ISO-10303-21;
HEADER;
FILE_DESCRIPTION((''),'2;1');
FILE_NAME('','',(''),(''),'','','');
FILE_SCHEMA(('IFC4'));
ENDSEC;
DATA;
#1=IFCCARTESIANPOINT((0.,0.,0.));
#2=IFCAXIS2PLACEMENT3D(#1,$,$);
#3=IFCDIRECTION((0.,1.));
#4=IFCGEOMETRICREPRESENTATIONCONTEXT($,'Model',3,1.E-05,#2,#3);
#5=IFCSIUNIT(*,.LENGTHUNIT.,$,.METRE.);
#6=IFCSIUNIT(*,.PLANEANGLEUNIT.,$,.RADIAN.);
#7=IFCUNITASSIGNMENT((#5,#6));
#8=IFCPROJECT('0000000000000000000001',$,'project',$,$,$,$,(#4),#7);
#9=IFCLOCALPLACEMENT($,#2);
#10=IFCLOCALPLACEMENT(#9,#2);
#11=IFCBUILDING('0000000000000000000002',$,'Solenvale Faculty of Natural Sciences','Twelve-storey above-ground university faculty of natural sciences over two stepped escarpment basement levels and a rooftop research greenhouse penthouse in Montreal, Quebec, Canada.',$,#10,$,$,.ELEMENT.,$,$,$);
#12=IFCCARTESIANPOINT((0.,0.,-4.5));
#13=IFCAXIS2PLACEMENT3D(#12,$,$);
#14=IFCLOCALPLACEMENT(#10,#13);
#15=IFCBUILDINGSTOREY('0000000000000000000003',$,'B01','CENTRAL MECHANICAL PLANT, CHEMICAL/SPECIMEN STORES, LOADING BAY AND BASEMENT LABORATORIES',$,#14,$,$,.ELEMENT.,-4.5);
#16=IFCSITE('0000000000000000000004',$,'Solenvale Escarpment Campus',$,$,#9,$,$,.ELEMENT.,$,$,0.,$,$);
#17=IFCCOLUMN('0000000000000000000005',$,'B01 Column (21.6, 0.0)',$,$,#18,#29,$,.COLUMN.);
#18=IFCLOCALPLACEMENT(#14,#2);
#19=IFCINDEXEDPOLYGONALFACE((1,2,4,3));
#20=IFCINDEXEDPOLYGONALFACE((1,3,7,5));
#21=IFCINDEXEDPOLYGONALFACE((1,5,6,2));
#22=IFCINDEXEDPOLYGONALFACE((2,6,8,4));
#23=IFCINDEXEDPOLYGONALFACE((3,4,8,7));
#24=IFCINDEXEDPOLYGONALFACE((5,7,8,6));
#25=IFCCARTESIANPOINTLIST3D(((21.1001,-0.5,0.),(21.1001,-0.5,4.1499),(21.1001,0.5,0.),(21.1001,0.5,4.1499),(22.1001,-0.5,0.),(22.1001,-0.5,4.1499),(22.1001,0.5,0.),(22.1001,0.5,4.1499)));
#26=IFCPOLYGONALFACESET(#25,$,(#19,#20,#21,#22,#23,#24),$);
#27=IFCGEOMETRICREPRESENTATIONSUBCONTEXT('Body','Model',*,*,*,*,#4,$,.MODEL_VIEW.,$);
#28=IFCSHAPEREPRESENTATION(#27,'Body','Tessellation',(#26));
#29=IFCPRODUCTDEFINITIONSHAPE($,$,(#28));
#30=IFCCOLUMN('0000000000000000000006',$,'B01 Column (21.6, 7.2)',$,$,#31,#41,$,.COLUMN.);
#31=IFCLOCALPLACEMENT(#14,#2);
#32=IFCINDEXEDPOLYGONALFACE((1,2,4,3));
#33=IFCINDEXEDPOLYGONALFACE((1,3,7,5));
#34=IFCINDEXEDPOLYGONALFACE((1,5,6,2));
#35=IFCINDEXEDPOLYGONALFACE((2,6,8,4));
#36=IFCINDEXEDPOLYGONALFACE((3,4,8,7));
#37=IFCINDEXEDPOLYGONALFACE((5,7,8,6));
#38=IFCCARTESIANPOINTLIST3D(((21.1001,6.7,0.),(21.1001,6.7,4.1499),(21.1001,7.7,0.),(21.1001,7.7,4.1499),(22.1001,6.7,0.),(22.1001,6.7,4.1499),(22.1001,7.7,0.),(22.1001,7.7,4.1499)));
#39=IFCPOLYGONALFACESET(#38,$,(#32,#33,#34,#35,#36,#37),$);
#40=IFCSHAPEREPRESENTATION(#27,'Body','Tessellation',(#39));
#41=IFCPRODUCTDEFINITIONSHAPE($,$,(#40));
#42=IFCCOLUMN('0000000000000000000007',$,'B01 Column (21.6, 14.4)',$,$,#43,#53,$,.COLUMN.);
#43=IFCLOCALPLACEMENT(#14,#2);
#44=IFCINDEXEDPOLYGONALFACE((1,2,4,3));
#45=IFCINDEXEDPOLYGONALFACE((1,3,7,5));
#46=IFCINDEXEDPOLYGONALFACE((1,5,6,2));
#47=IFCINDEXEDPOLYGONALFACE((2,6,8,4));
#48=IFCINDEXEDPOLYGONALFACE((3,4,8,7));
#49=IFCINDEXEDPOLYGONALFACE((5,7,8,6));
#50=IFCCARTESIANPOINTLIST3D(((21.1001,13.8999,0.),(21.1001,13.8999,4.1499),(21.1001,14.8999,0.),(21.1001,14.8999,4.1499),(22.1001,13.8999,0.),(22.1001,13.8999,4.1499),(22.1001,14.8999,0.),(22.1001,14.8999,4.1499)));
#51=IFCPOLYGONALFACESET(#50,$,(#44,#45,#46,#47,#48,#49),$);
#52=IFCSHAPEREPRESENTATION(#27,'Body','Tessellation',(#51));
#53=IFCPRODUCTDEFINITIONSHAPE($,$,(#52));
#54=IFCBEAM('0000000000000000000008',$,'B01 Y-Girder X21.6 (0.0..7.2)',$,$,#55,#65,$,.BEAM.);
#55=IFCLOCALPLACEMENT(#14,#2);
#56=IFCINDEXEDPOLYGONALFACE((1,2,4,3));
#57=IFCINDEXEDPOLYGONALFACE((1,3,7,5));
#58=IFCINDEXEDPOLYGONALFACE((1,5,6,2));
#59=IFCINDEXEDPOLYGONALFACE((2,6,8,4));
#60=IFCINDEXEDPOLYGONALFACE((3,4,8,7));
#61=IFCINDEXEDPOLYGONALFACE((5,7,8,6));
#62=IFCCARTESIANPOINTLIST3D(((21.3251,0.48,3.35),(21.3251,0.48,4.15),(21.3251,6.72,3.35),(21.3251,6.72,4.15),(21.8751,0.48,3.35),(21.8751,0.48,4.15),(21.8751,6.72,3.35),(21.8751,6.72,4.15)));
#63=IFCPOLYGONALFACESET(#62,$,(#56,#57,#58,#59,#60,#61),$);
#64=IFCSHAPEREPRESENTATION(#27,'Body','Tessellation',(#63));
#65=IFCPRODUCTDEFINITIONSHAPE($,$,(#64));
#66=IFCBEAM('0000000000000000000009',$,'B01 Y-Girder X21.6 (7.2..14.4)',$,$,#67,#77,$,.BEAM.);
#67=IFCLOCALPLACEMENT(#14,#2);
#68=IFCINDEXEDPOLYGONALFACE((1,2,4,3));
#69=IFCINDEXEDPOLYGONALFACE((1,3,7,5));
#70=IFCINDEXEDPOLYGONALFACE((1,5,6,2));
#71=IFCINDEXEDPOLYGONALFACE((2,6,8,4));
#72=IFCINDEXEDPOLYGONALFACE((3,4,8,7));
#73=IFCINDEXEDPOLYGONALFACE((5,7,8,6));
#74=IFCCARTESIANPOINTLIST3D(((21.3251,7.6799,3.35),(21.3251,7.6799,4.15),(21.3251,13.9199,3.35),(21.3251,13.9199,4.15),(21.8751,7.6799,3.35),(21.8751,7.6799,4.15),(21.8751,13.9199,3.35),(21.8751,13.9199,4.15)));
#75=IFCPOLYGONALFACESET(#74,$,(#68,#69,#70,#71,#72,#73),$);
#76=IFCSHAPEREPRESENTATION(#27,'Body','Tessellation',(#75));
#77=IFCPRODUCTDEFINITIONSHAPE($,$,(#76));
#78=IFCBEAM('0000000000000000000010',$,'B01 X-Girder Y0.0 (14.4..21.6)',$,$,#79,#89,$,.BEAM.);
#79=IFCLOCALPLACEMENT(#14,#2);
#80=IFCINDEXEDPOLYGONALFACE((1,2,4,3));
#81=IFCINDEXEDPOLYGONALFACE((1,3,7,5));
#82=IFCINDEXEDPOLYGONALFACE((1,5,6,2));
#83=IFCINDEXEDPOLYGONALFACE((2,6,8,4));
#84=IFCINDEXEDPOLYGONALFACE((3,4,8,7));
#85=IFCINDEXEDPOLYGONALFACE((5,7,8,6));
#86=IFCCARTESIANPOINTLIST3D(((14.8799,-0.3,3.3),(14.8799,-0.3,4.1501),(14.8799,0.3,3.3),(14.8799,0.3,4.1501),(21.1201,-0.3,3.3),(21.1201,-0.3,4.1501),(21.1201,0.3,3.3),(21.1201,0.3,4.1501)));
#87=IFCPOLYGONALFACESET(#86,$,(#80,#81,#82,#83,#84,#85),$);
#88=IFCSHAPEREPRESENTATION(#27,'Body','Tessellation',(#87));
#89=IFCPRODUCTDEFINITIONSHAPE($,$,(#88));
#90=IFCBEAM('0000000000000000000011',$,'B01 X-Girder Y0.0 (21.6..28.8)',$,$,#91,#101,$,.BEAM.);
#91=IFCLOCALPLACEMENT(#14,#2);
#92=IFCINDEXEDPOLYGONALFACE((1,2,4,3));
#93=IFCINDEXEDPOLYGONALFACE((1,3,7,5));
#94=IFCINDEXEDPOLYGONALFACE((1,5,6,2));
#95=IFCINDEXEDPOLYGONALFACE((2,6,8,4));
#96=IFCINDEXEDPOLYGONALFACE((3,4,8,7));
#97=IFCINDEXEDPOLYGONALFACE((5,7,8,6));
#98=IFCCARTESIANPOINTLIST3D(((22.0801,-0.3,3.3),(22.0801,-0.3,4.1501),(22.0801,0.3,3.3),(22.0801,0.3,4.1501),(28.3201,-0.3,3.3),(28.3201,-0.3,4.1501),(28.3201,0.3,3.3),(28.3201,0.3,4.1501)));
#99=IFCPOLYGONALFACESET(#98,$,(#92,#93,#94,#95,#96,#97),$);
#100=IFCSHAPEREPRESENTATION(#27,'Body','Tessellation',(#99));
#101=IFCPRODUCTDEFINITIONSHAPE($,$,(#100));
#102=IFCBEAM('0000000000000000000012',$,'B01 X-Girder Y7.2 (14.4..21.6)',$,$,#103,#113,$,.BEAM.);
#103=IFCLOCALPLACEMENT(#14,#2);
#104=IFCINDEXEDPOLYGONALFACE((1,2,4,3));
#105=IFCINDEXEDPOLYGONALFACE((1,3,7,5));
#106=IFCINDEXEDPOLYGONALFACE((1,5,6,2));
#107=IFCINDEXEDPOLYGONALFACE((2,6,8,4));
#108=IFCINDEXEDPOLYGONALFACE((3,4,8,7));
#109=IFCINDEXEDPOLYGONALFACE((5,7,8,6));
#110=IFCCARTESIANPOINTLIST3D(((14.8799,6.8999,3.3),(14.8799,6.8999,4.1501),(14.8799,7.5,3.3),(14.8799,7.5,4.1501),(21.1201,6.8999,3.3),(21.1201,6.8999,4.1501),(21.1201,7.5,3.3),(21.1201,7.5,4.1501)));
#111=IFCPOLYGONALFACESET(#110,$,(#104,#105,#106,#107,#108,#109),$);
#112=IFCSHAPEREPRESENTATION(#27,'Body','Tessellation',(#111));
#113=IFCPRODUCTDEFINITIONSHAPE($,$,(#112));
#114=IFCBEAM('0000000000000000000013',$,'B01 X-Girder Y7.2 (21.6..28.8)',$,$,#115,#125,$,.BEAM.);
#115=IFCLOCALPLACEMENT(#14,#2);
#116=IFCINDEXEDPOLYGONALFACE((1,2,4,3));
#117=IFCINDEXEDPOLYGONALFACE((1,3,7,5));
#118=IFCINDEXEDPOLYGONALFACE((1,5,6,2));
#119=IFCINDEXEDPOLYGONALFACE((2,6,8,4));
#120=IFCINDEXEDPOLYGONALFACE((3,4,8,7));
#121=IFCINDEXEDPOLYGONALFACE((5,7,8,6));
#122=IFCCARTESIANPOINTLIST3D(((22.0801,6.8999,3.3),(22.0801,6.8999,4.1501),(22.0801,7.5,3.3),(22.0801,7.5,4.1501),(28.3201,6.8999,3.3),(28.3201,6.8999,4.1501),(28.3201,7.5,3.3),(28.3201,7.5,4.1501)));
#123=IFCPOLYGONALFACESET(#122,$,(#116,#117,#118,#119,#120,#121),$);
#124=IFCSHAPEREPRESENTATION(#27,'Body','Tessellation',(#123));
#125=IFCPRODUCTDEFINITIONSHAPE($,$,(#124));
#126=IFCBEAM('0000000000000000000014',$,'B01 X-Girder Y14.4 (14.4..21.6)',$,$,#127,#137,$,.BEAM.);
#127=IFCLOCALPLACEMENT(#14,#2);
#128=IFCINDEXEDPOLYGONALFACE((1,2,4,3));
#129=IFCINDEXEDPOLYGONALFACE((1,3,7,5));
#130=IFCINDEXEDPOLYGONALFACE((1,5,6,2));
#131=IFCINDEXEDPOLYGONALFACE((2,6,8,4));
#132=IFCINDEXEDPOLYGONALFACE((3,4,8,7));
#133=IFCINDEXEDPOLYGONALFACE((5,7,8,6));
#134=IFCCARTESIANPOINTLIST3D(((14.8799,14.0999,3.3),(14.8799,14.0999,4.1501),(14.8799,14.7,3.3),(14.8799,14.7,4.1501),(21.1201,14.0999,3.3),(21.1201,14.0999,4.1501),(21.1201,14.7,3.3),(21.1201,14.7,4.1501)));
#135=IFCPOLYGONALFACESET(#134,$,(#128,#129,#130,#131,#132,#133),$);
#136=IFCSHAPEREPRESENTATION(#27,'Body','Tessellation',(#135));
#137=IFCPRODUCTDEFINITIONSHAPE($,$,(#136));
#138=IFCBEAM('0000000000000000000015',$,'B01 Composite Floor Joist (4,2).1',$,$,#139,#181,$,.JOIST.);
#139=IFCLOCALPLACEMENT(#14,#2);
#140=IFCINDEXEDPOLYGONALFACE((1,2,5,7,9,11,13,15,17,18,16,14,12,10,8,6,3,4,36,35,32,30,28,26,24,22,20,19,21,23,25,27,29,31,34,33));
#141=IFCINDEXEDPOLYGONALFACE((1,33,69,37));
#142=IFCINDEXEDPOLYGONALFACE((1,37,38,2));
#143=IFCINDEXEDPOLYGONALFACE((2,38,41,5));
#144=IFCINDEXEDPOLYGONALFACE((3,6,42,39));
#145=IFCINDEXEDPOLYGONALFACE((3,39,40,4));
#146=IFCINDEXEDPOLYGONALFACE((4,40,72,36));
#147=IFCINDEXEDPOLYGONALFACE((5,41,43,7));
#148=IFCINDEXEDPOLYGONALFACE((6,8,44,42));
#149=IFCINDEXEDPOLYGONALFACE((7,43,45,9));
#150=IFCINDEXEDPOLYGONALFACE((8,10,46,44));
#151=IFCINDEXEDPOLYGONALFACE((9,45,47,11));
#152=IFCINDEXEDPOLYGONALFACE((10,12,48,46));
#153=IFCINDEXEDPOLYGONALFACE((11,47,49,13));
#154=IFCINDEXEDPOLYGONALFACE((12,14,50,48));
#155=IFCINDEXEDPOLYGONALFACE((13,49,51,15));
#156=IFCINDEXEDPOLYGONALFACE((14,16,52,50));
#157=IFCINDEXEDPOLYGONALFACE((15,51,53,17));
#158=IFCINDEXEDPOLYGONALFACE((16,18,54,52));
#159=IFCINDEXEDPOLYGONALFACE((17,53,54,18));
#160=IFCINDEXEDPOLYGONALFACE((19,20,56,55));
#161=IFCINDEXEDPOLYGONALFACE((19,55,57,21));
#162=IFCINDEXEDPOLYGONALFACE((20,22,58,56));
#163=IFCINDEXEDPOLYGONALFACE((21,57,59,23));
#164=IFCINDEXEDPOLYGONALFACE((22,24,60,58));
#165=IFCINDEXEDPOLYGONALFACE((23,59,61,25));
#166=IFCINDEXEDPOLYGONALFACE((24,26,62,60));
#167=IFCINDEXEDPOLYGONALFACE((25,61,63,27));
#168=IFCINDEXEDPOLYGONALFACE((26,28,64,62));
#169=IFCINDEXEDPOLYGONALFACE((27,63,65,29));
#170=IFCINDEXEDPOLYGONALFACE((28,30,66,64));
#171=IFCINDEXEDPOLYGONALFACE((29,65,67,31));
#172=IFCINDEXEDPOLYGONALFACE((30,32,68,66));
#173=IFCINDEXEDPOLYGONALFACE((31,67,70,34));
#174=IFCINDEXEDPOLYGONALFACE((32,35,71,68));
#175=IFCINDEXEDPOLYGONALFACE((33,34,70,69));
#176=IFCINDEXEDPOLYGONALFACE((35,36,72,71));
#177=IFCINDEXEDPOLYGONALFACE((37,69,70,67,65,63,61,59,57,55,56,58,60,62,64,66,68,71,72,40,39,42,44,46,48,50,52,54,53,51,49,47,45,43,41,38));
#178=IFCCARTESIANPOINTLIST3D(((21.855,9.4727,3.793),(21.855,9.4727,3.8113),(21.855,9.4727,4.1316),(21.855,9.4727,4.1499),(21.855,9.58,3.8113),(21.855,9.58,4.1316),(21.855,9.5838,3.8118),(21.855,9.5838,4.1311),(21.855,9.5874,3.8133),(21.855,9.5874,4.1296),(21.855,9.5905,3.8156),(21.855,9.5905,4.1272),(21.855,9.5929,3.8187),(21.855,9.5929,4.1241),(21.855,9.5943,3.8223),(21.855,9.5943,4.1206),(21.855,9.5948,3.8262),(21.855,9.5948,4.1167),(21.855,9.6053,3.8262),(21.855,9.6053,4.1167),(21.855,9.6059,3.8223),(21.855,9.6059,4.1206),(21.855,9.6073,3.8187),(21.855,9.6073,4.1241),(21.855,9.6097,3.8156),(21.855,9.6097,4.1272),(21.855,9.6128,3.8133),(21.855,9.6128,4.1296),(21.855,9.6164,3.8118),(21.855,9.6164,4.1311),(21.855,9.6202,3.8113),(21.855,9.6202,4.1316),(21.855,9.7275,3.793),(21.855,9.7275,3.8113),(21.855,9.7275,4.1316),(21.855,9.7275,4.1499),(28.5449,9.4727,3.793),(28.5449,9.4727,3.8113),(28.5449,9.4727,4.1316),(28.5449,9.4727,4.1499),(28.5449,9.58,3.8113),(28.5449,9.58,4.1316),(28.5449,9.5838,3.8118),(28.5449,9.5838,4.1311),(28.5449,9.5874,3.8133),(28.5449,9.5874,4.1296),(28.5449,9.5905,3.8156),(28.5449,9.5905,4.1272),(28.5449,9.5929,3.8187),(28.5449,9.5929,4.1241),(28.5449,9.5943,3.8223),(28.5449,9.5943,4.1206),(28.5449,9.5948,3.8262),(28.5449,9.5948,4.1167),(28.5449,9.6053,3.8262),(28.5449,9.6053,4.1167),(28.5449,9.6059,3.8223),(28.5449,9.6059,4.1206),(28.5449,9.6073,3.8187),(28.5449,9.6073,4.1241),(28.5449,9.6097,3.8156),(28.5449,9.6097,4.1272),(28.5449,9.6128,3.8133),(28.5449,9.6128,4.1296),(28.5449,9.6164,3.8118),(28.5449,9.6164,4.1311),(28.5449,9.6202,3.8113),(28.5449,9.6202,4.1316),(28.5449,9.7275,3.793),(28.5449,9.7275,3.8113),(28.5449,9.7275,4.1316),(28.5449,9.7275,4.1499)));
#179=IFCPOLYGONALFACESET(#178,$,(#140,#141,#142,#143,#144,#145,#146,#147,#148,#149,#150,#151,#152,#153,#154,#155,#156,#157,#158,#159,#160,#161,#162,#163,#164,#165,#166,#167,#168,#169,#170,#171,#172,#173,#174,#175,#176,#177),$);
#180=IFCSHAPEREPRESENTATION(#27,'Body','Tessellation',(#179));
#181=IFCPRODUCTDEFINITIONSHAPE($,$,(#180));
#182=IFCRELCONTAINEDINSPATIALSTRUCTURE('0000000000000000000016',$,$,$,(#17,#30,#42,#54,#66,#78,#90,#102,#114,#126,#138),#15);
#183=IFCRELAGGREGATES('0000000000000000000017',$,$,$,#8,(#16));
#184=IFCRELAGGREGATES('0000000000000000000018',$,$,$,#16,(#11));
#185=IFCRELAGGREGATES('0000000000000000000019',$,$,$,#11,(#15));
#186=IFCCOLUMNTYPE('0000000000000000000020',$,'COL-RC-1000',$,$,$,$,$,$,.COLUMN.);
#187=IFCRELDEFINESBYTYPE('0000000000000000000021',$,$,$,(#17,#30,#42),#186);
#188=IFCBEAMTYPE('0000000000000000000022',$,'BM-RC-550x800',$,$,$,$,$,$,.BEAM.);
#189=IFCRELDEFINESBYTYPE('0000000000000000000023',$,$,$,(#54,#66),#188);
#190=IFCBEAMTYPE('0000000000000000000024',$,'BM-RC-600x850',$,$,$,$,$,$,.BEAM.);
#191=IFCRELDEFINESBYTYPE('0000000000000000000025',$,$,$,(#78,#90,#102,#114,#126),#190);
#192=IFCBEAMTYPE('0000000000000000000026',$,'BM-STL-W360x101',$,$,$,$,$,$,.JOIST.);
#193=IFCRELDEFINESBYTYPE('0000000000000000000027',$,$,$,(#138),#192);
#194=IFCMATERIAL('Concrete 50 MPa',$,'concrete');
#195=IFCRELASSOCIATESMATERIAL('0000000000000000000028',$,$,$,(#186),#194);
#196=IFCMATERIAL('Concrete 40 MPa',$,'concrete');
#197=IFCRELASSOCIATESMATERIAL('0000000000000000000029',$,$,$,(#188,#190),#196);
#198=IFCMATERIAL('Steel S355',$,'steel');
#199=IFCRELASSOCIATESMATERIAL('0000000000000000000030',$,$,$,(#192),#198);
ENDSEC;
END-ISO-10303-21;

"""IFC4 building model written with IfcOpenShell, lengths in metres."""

from ifc_helpers import new_model, si_unit, direction, frame, origin, origin_2d, place, context, subcontext, project, spatial, rectangle, i_section, extrude, material, material_profile, profile_set, type_object, element, save


model = new_model("IFC4")

# Units and contexts
model_context = context("Model", 3, precision=1e-05, world=origin(), true_north=direction((0.0, 1.0)))
body_context = subcontext(model_context, "Body", "Model", "MODEL_VIEW")
ifc_project = project(units=[si_unit("LENGTHUNIT", "METRE"), si_unit("PLANEANGLEUNIT", "RADIAN")], contexts=[model_context])

# Site, building, storey
site_placement = place(None, origin())
site = spatial("IfcSite", under=ifc_project, at=site_placement, Name="Solenvale Escarpment Campus", CompositionType="ELEMENT", RefElevation=0.0)
building_placement = place(site_placement, origin())
building = spatial("IfcBuilding", under=site, at=building_placement, Name="Solenvale Faculty of Natural Sciences", Description="Twelve-storey above-ground university faculty of natural sciences over two stepped escarpment basement levels and a rooftop research greenhouse penthouse in Montreal, Quebec, Canada.", CompositionType="ELEMENT")
storey_placement = place(building_placement, frame((0.0, 0.0, -4.5)))
storey = spatial("IfcBuildingStorey", under=building, at=storey_placement, Name="B01", Description="CENTRAL MECHANICAL PLANT, CHEMICAL/SPECIMEN STORES, LOADING BAY AND BASEMENT LABORATORIES", CompositionType="ELEMENT", Elevation=-4.5)

# Shared definitions
ifc_material_1 = material(Name="Concrete 40 MPa", Category="concrete")

# Columns
ifc_material_2 = material(Name="Concrete 50 MPa", Category="concrete")
ifc_material_profile_1 = material_profile(ifc_material_2, rectangle(XDim=1.0, YDim=1.0, at=origin_2d()), Name="RC-COL-1000x1000")
ifc_profile_set_1 = profile_set([ifc_material_profile_1], Name="Concrete 50 MPa")
column_type = type_object("IfcColumnType", Name="COL-RC-1000", PredefinedType="COLUMN", material=ifc_profile_set_1)
for number, where, z_axis, x_axis, name in (
    (1, (21.6001, 0.0, 0.0), (0.0, 0.0, 1.0), (1.0, 0.0, 0.0), "B01 Column (21.6, 0.0)"),
    (2, (21.6001, 7.2, 0.0), (0.0, 0.0, 1.0), (1.0, 0.0, 0.0), "B01 Column (21.6, 7.2)"),
    (3, (21.6001, 14.3999, 0.0), (0.0, 0.0, 1.0), (1.0, 0.0, 0.0), "B01 Column (21.6, 14.4)"),
):
    element("IfcColumn", number, at=place(storey_placement, frame(where, z_axis=z_axis, x_axis=x_axis)), inside=storey, type_object=column_type, Name=name, PredefinedType="COLUMN", context=body_context, shape_type="SweptSolid", body=[
        extrude(rectangle(XDim=1.0, YDim=1.0, at=origin_2d()), origin(), (0.0, 0.0, 1.0), 4.1499),
    ])

# Beams
ifc_material_profile_2 = material_profile(ifc_material_1, rectangle(XDim=0.55, YDim=0.8, at=origin_2d()), Name="RC-BM-550x800")
ifc_profile_set_2 = profile_set([ifc_material_profile_2], Name="Concrete 40 MPa")
beam_type_1 = type_object("IfcBeamType", Name="BM-RC-550x800", PredefinedType="BEAM", material=ifc_profile_set_2)
for number, where, z_axis, x_axis, name in (
    (4, (21.6001, 0.48, 3.75), (0.0, 1.0, 0.0), (-1.0, 0.0, 0.0), "B01 Y-Girder X21.6 (0.0..7.2)"),
    (5, (21.6001, 7.6799, 3.75), (0.0, 1.0, 0.0), (-1.0, 0.0, 0.0), "B01 Y-Girder X21.6 (7.2..14.4)"),
):
    element("IfcBeam", number, at=place(storey_placement, frame(where, z_axis=z_axis, x_axis=x_axis)), inside=storey, type_object=beam_type_1, Name=name, PredefinedType="BEAM", context=body_context, shape_type="SweptSolid", body=[
        extrude(rectangle(XDim=0.55, YDim=0.8, at=origin_2d()), origin(), (0.0, 0.0, 1.0), 6.24),
    ])
ifc_material_profile_3 = material_profile(ifc_material_1, rectangle(XDim=0.6001, YDim=0.8501, at=origin_2d()), Name="RC-BM-600x850")
ifc_profile_set_3 = profile_set([ifc_material_profile_3], Name="Concrete 40 MPa")
beam_type_2 = type_object("IfcBeamType", Name="BM-RC-600x850", PredefinedType="BEAM", material=ifc_profile_set_3)
beam_1_placement = place(storey_placement, frame((14.8799, 0.0, 3.7251), z_axis=(1.0, 0.0, 0.0), x_axis=(0.0, 1.0, 0.0)))
element("IfcBeam", 6, at=beam_1_placement, inside=storey, type_object=beam_type_2, Name="B01 X-Girder Y0.0 (14.4..21.6)", PredefinedType="BEAM", context=body_context, shape_type="SweptSolid", body=[
    extrude(rectangle(XDim=0.6001, YDim=0.8501, at=origin_2d()), origin(), (0.0, 0.0, 1.0), 6.2402),
])
beam_2_placement = place(storey_placement, frame((22.0801, 0.0, 3.7251), z_axis=(1.0, 0.0, 0.0), x_axis=(0.0, 1.0, 0.0)))
element("IfcBeam", 7, at=beam_2_placement, inside=storey, type_object=beam_type_2, Name="B01 X-Girder Y0.0 (21.6..28.8)", PredefinedType="BEAM", context=body_context, shape_type="SweptSolid", body=[
    extrude(rectangle(XDim=0.6001, YDim=0.8501, at=origin_2d()), origin(), (0.0, 0.0, 1.0), 6.24),
])
beam_3_placement = place(storey_placement, frame((14.8799, 7.2, 3.7251), z_axis=(1.0, 0.0, 0.0), x_axis=(0.0, 1.0, 0.0)))
element("IfcBeam", 8, at=beam_3_placement, inside=storey, type_object=beam_type_2, Name="B01 X-Girder Y7.2 (14.4..21.6)", PredefinedType="BEAM", context=body_context, shape_type="SweptSolid", body=[
    extrude(rectangle(XDim=0.6001, YDim=0.8501, at=origin_2d()), origin(), (0.0, 0.0, 1.0), 6.2402),
])
beam_4_placement = place(storey_placement, frame((22.0801, 7.2, 3.7251), z_axis=(1.0, 0.0, 0.0), x_axis=(0.0, 1.0, 0.0)))
element("IfcBeam", 9, at=beam_4_placement, inside=storey, type_object=beam_type_2, Name="B01 X-Girder Y7.2 (21.6..28.8)", PredefinedType="BEAM", context=body_context, shape_type="SweptSolid", body=[
    extrude(rectangle(XDim=0.6001, YDim=0.8501, at=origin_2d()), origin(), (0.0, 0.0, 1.0), 6.24),
])
beam_5_placement = place(storey_placement, frame((14.8799, 14.3999, 3.7251), z_axis=(1.0, 0.0, 0.0), x_axis=(0.0, 1.0, 0.0)))
element("IfcBeam", 10, at=beam_5_placement, inside=storey, type_object=beam_type_2, Name="B01 X-Girder Y14.4 (14.4..21.6)", PredefinedType="BEAM", context=body_context, shape_type="SweptSolid", body=[
    extrude(rectangle(XDim=0.6001, YDim=0.8501, at=origin_2d()), origin(), (0.0, 0.0, 1.0), 6.2402),
])
ifc_material_3 = material(Name="Steel S355", Category="steel")
ifc_material_profile_4 = material_profile(ifc_material_3, i_section(OverallWidth=0.2549, OverallDepth=0.3569, WebThickness=0.0105, FlangeThickness=0.0183, FilletRadius=0.0149, at=origin_2d()), Name="W360x101")
ifc_profile_set_4 = profile_set([ifc_material_profile_4], Name="Steel S355")
beam_type_3 = type_object("IfcBeamType", Name="BM-STL-W360x101", PredefinedType="JOIST", material=ifc_profile_set_4)
for number, where, z_axis, x_axis, name in (
    (11, (21.855, 9.6001, 3.9714), (1.0, 0.0, 0.0), (0.0, 1.0, 0.0), "B01 Composite Floor Joist (4,2).1"),
):
    element("IfcBeam", number, at=place(storey_placement, frame(where, z_axis=z_axis, x_axis=x_axis)), inside=storey, type_object=beam_type_3, Name=name, PredefinedType="JOIST", context=body_context, shape_type="SweptSolid", body=[
        extrude(i_section(OverallWidth=0.2549, OverallDepth=0.3569, WebThickness=0.0105, FlangeThickness=0.0183, FilletRadius=0.0149, at=origin_2d()), origin(), (0.0, 0.0, 1.0), 6.6899),
    ])

save(model, "model.ifc")
